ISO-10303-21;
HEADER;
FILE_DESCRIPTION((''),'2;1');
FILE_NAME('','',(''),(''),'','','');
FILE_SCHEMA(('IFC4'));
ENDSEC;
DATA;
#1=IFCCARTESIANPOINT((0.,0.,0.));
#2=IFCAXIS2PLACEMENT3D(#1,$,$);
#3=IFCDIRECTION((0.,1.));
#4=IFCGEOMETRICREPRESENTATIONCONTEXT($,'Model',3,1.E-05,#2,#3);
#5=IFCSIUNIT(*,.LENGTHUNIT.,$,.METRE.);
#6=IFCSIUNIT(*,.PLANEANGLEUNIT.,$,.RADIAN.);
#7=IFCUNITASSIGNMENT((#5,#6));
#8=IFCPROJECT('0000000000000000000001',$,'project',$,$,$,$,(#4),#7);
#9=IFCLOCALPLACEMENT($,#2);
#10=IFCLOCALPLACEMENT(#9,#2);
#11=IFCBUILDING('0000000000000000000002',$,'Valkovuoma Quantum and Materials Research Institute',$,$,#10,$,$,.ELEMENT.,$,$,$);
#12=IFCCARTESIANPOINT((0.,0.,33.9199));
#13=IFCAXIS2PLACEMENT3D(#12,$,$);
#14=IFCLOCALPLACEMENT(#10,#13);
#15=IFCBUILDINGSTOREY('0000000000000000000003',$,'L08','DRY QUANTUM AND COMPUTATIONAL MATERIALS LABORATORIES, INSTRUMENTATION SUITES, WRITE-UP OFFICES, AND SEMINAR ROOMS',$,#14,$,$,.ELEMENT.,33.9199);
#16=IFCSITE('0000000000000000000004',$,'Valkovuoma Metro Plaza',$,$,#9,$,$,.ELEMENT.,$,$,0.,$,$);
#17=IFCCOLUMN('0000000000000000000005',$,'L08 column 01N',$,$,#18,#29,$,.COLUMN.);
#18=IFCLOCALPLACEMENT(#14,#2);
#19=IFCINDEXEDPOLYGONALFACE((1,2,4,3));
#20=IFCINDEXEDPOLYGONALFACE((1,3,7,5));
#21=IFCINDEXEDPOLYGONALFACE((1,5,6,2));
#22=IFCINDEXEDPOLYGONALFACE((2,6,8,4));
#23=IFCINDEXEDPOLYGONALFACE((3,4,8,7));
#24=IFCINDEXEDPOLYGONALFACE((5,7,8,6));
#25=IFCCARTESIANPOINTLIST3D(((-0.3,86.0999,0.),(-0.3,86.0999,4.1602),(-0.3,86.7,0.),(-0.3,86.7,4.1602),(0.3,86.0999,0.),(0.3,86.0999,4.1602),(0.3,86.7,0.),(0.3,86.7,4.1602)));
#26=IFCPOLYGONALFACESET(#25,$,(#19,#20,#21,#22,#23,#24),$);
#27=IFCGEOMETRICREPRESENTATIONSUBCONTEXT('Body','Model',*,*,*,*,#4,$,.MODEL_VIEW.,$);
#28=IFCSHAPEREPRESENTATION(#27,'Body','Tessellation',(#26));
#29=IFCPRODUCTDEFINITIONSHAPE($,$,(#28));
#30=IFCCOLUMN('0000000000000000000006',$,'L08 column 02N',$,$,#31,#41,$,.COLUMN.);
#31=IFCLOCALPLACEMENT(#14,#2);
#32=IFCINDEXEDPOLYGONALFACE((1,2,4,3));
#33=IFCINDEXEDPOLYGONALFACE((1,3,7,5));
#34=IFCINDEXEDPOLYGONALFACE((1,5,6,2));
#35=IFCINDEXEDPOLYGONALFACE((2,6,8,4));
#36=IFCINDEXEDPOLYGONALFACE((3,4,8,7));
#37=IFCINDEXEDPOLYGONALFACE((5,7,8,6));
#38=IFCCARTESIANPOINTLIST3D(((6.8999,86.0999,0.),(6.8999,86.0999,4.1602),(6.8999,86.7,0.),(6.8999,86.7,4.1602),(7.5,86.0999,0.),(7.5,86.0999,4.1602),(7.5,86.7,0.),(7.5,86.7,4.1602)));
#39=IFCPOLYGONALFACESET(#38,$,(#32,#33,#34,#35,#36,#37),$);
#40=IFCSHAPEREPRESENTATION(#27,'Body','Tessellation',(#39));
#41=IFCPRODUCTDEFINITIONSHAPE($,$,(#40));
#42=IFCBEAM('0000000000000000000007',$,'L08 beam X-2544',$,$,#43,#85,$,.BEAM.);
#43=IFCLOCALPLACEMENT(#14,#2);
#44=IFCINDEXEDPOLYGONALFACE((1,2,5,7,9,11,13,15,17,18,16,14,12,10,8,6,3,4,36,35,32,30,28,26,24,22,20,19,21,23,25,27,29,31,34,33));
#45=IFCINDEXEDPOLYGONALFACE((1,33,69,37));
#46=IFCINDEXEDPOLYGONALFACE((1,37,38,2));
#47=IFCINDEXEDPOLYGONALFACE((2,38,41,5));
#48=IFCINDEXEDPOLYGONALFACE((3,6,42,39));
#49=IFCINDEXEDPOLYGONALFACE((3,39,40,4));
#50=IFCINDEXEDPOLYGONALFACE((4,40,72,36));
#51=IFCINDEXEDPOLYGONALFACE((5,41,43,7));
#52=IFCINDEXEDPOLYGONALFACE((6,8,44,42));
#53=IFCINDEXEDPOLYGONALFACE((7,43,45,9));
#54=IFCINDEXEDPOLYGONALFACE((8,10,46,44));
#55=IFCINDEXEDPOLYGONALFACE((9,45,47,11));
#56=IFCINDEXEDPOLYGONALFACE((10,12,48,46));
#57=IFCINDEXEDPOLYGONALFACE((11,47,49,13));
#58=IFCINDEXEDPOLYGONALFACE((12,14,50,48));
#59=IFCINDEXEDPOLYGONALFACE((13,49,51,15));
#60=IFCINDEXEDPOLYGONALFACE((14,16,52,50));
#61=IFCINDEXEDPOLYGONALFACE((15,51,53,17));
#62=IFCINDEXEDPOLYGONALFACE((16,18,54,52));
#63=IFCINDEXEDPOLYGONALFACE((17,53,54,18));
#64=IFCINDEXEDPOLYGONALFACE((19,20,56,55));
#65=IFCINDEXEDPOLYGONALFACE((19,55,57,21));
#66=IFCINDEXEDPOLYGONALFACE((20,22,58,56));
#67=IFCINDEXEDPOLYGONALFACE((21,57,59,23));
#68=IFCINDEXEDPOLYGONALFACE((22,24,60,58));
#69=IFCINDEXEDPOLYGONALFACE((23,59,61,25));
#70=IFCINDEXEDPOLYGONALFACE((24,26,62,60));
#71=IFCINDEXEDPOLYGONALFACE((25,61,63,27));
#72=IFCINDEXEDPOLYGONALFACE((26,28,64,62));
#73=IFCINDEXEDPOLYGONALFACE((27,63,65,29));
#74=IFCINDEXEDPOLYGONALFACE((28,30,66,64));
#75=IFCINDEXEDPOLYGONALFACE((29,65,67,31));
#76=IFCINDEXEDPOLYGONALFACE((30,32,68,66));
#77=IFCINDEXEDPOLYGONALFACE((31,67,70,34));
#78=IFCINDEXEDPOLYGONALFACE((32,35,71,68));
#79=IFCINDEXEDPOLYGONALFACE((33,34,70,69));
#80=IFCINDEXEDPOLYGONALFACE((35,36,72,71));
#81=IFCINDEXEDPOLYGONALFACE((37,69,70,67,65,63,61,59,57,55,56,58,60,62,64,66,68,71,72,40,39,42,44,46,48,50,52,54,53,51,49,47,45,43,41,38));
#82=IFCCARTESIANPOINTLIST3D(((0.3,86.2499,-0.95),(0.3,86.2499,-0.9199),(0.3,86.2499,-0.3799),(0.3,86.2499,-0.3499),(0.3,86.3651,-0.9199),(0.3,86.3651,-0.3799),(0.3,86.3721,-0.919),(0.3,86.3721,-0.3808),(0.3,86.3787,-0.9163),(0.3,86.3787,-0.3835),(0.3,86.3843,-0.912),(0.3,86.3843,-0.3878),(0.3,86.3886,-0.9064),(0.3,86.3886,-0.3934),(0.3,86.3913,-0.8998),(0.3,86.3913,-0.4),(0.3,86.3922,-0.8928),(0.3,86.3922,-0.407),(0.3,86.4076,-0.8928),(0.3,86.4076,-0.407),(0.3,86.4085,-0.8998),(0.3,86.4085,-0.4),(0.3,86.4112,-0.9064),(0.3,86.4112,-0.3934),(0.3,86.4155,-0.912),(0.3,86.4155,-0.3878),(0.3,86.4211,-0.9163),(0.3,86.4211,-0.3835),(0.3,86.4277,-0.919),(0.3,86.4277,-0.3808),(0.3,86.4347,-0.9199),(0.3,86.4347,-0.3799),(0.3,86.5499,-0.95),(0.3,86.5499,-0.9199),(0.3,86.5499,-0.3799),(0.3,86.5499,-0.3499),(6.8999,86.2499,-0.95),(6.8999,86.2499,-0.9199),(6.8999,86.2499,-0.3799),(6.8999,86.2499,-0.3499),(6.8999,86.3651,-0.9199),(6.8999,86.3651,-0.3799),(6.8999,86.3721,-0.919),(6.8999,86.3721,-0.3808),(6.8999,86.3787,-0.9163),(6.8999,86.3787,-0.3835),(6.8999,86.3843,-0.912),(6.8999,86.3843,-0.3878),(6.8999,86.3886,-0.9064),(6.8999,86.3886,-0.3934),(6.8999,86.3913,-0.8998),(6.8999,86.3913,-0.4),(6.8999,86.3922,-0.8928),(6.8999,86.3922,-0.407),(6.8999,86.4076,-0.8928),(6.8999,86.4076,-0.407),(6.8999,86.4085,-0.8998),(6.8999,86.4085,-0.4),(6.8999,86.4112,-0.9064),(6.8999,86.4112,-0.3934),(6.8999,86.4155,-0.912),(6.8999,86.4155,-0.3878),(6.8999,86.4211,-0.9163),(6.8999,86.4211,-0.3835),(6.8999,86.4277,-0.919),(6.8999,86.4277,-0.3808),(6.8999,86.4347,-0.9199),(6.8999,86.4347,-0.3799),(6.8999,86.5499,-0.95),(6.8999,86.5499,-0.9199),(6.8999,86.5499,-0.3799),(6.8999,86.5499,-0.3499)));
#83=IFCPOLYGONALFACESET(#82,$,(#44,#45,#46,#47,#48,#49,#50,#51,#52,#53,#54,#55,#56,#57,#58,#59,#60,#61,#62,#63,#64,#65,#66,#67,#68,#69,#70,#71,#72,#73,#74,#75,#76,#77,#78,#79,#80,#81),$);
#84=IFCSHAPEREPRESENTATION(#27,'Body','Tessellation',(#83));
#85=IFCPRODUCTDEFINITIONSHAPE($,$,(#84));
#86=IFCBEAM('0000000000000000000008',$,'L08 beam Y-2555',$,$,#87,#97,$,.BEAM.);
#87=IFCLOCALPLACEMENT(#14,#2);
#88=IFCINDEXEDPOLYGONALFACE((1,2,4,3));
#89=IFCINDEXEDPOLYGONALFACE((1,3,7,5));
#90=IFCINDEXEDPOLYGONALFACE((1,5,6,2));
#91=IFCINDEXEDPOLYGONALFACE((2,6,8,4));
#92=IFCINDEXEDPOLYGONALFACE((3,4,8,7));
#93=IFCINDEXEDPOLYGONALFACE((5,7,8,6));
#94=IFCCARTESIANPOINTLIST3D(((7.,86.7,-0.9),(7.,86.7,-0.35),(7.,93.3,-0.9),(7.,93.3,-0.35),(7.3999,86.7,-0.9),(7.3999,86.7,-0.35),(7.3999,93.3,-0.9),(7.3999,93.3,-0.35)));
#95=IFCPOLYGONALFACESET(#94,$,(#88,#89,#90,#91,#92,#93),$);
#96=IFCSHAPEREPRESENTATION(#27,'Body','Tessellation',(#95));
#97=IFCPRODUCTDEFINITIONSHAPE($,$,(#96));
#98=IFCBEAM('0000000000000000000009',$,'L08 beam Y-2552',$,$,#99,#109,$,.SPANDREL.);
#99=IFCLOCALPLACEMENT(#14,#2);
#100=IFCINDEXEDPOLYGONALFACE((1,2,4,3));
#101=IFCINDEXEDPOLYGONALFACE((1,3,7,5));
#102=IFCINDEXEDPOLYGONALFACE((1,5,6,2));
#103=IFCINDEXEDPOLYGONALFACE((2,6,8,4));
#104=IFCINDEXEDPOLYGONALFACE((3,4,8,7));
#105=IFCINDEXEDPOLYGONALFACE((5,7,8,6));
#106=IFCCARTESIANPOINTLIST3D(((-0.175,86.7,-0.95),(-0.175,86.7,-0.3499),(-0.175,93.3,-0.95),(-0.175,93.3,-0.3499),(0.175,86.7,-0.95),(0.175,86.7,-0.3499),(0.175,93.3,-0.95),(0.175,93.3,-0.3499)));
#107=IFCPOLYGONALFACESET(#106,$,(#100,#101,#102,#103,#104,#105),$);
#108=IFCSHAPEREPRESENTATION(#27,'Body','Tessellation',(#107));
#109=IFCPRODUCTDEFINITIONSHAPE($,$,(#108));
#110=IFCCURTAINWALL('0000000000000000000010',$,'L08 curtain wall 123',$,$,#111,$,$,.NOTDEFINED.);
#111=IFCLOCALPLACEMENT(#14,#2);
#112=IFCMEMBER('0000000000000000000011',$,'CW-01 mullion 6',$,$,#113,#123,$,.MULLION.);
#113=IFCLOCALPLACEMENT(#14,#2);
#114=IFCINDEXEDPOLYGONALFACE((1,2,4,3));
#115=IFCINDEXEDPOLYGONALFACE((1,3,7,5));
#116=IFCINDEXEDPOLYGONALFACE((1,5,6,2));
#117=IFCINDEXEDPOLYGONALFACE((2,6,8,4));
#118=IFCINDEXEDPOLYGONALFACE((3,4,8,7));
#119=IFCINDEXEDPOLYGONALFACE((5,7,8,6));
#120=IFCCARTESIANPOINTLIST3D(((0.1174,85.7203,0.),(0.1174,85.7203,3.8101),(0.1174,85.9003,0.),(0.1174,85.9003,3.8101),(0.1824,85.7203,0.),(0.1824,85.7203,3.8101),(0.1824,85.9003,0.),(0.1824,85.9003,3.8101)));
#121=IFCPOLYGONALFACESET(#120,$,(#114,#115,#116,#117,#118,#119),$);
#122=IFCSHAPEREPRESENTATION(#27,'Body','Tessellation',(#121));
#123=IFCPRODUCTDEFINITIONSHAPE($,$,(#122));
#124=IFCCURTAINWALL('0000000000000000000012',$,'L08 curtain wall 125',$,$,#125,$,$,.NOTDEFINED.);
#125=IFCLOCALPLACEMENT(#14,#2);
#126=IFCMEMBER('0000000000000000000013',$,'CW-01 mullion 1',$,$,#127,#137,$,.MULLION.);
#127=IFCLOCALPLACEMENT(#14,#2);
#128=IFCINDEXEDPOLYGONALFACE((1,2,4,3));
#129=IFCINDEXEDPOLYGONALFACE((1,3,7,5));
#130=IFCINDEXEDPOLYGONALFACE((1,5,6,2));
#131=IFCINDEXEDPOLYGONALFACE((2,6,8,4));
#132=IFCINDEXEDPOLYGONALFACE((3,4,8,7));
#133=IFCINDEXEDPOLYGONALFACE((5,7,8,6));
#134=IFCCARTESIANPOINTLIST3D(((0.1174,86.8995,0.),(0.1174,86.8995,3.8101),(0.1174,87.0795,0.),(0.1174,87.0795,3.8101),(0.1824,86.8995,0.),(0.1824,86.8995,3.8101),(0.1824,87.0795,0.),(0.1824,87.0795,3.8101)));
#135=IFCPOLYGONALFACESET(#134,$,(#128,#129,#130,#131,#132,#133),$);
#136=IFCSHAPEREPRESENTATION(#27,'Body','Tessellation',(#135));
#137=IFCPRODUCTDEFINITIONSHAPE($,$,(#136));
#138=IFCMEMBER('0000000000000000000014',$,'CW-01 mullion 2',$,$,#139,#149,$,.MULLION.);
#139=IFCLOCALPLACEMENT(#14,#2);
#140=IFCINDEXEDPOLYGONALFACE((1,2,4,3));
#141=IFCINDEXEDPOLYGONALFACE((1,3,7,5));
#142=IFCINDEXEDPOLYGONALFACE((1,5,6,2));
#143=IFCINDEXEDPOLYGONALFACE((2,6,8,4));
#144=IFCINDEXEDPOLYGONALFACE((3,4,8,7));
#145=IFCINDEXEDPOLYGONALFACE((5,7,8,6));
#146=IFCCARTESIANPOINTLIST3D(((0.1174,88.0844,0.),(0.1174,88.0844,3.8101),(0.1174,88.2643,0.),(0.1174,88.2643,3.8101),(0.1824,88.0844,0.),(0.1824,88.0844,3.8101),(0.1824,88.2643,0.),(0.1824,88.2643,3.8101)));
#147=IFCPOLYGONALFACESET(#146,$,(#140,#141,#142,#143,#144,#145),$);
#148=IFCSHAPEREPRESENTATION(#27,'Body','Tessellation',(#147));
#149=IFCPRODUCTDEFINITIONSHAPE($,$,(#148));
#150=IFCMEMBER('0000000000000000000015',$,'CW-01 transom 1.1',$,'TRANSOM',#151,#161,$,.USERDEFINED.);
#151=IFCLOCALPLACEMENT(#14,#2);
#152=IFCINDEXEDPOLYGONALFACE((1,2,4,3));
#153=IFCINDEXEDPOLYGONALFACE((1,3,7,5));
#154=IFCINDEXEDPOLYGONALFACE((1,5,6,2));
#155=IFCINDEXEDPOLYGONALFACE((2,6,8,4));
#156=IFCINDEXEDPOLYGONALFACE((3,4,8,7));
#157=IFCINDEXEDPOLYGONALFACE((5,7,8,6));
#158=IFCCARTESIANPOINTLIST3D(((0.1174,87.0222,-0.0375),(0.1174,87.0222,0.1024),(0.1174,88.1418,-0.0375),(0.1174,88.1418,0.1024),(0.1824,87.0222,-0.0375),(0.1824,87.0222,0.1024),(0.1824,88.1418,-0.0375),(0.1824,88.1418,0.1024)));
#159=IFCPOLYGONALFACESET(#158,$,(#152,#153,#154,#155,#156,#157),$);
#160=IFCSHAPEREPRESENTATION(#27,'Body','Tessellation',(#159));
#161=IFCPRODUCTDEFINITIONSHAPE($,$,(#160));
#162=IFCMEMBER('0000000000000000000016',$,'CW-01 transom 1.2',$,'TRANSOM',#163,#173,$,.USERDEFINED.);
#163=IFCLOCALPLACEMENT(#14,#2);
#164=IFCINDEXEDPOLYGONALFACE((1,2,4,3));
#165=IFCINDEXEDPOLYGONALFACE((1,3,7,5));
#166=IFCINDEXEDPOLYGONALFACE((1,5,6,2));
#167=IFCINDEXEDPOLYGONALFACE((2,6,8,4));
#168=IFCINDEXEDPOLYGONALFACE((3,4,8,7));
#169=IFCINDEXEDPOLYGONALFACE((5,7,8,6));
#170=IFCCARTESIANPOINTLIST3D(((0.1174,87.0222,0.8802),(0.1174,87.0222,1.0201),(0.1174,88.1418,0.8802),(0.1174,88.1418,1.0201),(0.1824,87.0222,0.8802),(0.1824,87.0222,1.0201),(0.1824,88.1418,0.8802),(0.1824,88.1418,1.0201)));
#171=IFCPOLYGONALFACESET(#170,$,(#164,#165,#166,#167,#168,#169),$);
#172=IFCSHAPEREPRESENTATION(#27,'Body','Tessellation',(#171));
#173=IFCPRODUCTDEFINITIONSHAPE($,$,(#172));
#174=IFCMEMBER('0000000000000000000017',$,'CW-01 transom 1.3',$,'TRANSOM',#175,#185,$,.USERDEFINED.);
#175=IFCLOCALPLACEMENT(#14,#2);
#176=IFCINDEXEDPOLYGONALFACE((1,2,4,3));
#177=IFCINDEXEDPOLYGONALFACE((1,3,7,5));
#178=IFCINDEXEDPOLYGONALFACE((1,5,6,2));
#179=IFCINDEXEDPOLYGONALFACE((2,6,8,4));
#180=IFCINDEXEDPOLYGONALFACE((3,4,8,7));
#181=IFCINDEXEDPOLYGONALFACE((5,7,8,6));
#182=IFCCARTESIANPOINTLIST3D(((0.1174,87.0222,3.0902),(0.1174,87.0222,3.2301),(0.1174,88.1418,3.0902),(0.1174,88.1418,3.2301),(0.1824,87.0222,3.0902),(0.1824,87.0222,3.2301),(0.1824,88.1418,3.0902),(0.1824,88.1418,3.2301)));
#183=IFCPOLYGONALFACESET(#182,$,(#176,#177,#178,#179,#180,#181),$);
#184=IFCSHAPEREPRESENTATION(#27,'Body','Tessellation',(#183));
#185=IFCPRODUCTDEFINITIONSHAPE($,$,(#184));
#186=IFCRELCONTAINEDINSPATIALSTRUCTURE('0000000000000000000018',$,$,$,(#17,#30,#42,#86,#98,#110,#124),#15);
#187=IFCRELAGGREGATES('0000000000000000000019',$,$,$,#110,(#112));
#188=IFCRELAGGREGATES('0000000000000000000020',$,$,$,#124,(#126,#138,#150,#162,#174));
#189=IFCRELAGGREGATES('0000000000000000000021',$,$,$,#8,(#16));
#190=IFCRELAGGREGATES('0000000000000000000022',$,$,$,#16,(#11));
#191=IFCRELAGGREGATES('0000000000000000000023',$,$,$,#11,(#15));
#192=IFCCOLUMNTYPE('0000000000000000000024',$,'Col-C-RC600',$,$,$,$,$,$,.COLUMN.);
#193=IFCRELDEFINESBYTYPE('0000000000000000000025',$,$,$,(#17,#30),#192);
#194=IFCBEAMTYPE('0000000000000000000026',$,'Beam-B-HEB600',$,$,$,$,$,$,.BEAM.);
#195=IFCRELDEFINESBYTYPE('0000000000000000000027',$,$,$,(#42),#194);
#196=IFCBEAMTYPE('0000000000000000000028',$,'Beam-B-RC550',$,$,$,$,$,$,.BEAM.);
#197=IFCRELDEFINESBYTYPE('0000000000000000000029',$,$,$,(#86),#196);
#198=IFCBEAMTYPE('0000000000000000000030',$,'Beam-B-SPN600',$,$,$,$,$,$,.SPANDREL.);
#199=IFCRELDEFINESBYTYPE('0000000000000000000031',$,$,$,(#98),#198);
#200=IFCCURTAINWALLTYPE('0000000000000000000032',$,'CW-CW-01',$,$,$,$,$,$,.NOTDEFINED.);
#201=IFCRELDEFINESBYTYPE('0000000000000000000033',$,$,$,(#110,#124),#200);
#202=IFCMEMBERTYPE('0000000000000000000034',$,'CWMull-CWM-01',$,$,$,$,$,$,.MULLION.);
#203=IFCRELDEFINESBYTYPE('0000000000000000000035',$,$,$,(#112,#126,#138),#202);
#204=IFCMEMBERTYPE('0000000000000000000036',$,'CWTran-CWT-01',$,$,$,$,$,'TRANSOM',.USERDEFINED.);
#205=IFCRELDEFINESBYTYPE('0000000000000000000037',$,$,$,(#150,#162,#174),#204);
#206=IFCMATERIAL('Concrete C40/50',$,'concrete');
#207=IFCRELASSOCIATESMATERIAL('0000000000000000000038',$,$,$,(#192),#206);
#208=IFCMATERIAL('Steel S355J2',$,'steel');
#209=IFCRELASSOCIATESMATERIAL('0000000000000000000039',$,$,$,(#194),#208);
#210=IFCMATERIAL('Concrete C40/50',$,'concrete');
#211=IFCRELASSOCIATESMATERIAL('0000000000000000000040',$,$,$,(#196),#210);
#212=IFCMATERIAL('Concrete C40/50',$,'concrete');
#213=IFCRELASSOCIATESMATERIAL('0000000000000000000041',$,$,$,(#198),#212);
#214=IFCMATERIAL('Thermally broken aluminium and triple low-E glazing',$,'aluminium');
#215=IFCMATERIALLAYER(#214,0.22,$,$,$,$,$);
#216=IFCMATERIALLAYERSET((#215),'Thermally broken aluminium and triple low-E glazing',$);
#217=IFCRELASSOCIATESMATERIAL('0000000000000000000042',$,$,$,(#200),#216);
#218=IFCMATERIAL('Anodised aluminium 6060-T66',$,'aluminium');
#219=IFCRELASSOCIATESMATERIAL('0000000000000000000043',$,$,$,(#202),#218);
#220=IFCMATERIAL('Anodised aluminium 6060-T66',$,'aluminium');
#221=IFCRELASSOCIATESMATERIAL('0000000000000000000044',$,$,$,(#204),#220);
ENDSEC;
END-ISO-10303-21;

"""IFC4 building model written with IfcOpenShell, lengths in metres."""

from ifc_helpers import new_model, si_unit, direction, frame, origin, origin_2d, place, context, subcontext, project, spatial, rectangle, i_section, extrude, material, layer, layer_set, material_profile, profile_set, type_object, element, aggregate, save


model = new_model("IFC4")

# Units and contexts
model_context = context("Model", 3, precision=1e-05, world=origin(), true_north=direction((0.0, 1.0)))
body_context = subcontext(model_context, "Body", "Model", "MODEL_VIEW")
ifc_project = project(units=[si_unit("LENGTHUNIT", "METRE"), si_unit("PLANEANGLEUNIT", "RADIAN")], contexts=[model_context])

# Site, building, storey
site_placement = place(None, origin())
site = spatial("IfcSite", under=ifc_project, at=site_placement, Name="Valkovuoma Metro Plaza", CompositionType="ELEMENT", RefElevation=0.0)
building_placement = place(site_placement, origin())
building = spatial("IfcBuilding", under=site, at=building_placement, Name="Valkovuoma Quantum and Materials Research Institute", CompositionType="ELEMENT")
storey_placement = place(building_placement, frame((0.0, 0.0, 33.9199)))
storey = spatial("IfcBuildingStorey", under=building, at=storey_placement, Name="L08", Description="DRY QUANTUM AND COMPUTATIONAL MATERIALS LABORATORIES, INSTRUMENTATION SUITES, WRITE-UP OFFICES, AND SEMINAR ROOMS", CompositionType="ELEMENT", Elevation=33.9199)

# Columns
ifc_material_1 = material(Name="Concrete C40/50", Category="concrete")
ifc_material_profile_1 = material_profile(ifc_material_1, rectangle(XDim=0.6001, YDim=0.6001, at=origin_2d()), Name="Concrete C40/50")
ifc_profile_set_1 = profile_set([ifc_material_profile_1], Name="Concrete C40/50")
column_type = type_object("IfcColumnType", Name="Col-C-RC600", PredefinedType="COLUMN", material=ifc_profile_set_1)
for number, where, z_axis, x_axis, name in (
    (1, (0.0, 86.3999, 0.0), (0.0, 0.0, 1.0), (1.0, 0.0, 0.0), "L08 column 01N"),
    (2, (7.2, 86.3999, 0.0), (0.0, 0.0, 1.0), (1.0, 0.0, 0.0), "L08 column 02N"),
):
    element("IfcColumn", number, at=place(storey_placement, frame(where, z_axis=z_axis, x_axis=x_axis)), inside=storey, type_object=column_type, Name=name, PredefinedType="COLUMN", context=body_context, shape_type="SweptSolid", body=[
        extrude(rectangle(XDim=0.6001, YDim=0.6001, at=origin_2d()), origin(), (0.0, 0.0, 1.0), 4.1602),
    ])

# Beams
ifc_material_2 = material(Name="Steel S355J2", Category="steel")
ifc_material_profile_2 = material_profile(ifc_material_2, i_section(OverallWidth=0.3, OverallDepth=0.6001, WebThickness=0.0154, FlangeThickness=0.03, FilletRadius=0.0271, at=origin_2d()), Name="Steel S355J2")
ifc_profile_set_2 = profile_set([ifc_material_profile_2], Name="Steel S355J2")
beam_type_1 = type_object("IfcBeamType", Name="Beam-B-HEB600", PredefinedType="BEAM", material=ifc_profile_set_2)
beam_1_placement = place(storey_placement, frame((0.3, 86.3999, -0.6499), z_axis=(1.0, 0.0, 0.0), x_axis=(0.0, 1.0, 0.0)))
element("IfcBeam", 3, at=beam_1_placement, inside=storey, type_object=beam_type_1, Name="L08 beam X-2544", PredefinedType="BEAM", context=body_context, shape_type="SweptSolid", body=[
    extrude(i_section(OverallWidth=0.3, OverallDepth=0.6001, WebThickness=0.0154, FlangeThickness=0.03, FilletRadius=0.0271, at=origin_2d()), origin(), (0.0, 0.0, 1.0), 6.5999),
])
ifc_material_3 = material(Name="Concrete C40/50", Category="concrete")
ifc_material_profile_3 = material_profile(ifc_material_3, rectangle(XDim=0.3999, YDim=0.55, at=origin_2d()), Name="Concrete C40/50")
ifc_profile_set_3 = profile_set([ifc_material_profile_3], Name="Concrete C40/50")
beam_type_2 = type_object("IfcBeamType", Name="Beam-B-RC550", PredefinedType="BEAM", material=ifc_profile_set_3)
beam_2_placement = place(storey_placement, frame((7.2, 86.7, -0.625), z_axis=(0.0, 1.0, 0.0), x_axis=(-1.0, 0.0, 0.0)))
element("IfcBeam", 4, at=beam_2_placement, inside=storey, type_object=beam_type_2, Name="L08 beam Y-2555", PredefinedType="BEAM", context=body_context, shape_type="SweptSolid", body=[
    extrude(rectangle(XDim=0.3999, YDim=0.55, at=origin_2d()), origin(), (0.0, 0.0, 1.0), 6.6001),
])
ifc_material_4 = material(Name="Concrete C40/50", Category="concrete")
ifc_material_profile_4 = material_profile(ifc_material_4, rectangle(XDim=0.3501, YDim=0.6001, at=origin_2d()), Name="Concrete C40/50")
ifc_profile_set_4 = profile_set([ifc_material_profile_4], Name="Concrete C40/50")
beam_type_3 = type_object("IfcBeamType", Name="Beam-B-SPN600", PredefinedType="SPANDREL", material=ifc_profile_set_4)
beam_3_placement = place(storey_placement, frame((0.0, 86.7, -0.6499), z_axis=(0.0, 1.0, 0.0), x_axis=(-1.0, 0.0, 0.0)))
element("IfcBeam", 5, at=beam_3_placement, inside=storey, type_object=beam_type_3, Name="L08 beam Y-2552", PredefinedType="SPANDREL", context=body_context, shape_type="SweptSolid", body=[
    extrude(rectangle(XDim=0.3501, YDim=0.6001, at=origin_2d()), origin(), (0.0, 0.0, 1.0), 6.6001),
])

# Curtain wall, member
ifc_material_5 = material(Name="Thermally broken aluminium and triple low-E glazing", Category="aluminium")
ifc_layer_1 = layer(ifc_material_5, 0.22)
ifc_layer_set_1 = layer_set([ifc_layer_1], Name="Thermally broken aluminium and triple low-E glazing")
curtain_wall_type = type_object("IfcCurtainWallType", Name="CW-CW-01", PredefinedType="NOTDEFINED", material=ifc_layer_set_1)
curtain_wall_1_placement = place(storey_placement, origin())
curtain_wall_1 = element("IfcCurtainWall", 6, at=curtain_wall_1_placement, inside=storey, type_object=curtain_wall_type, Name="L08 curtain wall 123", PredefinedType="NOTDEFINED")
ifc_material_6 = material(Name="Anodised aluminium 6060-T66", Category="aluminium")
ifc_material_profile_5 = material_profile(ifc_material_6, rectangle(XDim=0.0649, YDim=0.1799, at=origin_2d()), Name="Anodised aluminium 6060-T66")
ifc_profile_set_5 = profile_set([ifc_material_profile_5], Name="Anodised aluminium 6060-T66")
member_type_1 = type_object("IfcMemberType", Name="CWMull-CWM-01", PredefinedType="MULLION", material=ifc_profile_set_5)
member_1_placement = place(storey_placement, frame((0.1499, 85.8103, 0.0), z_axis=(0.0, 0.0, 1.0), x_axis=(-1.0, 0.0, 0.0)))
member_1 = element("IfcMember", 7, at=member_1_placement, type_object=member_type_1, Name="CW-01 mullion 6", PredefinedType="MULLION", context=body_context, shape_type="SweptSolid", body=[
    extrude(rectangle(XDim=0.0649, YDim=0.1799, at=origin_2d()), origin(), (0.0, 0.0, 1.0), 3.8101),
])

# Curtain wall, members
curtain_wall_2_placement = place(storey_placement, origin())
curtain_wall_2 = element("IfcCurtainWall", 8, at=curtain_wall_2_placement, inside=storey, type_object=curtain_wall_type, Name="L08 curtain wall 125", PredefinedType="NOTDEFINED")
member_2_placement = place(storey_placement, frame((0.1499, 86.9895, 0.0), z_axis=(0.0, 0.0, 1.0), x_axis=(-1.0, 0.0, 0.0)))
member_2 = element("IfcMember", 9, at=member_2_placement, type_object=member_type_1, Name="CW-01 mullion 1", PredefinedType="MULLION", context=body_context, shape_type="SweptSolid", body=[
    extrude(rectangle(XDim=0.0649, YDim=0.1799, at=origin_2d()), origin(), (0.0, 0.0, 1.0), 3.8101),
])
member_3_placement = place(storey_placement, frame((0.1499, 88.1743, 0.0), z_axis=(0.0, 0.0, 1.0), x_axis=(-1.0, 0.0, 0.0)))
member_3 = element("IfcMember", 10, at=member_3_placement, type_object=member_type_1, Name="CW-01 mullion 2", PredefinedType="MULLION", context=body_context, shape_type="SweptSolid", body=[
    extrude(rectangle(XDim=0.0649, YDim=0.1799, at=origin_2d()), origin(), (0.0, 0.0, 1.0), 3.8101),
])
ifc_material_7 = material(Name="Anodised aluminium 6060-T66", Category="aluminium")
ifc_material_profile_6 = material_profile(ifc_material_7, rectangle(XDim=0.0649, YDim=0.1399, at=origin_2d()), Name="Anodised aluminium 6060-T66")
ifc_profile_set_6 = profile_set([ifc_material_profile_6], Name="Anodised aluminium 6060-T66")
member_type_2 = type_object("IfcMemberType", Name="CWTran-CWT-01", ElementType="TRANSOM", PredefinedType="USERDEFINED", material=ifc_profile_set_6)
member_4_placement = place(storey_placement, frame((0.1499, 87.0222, 0.0325), z_axis=(0.0, 1.0, 0.0), x_axis=(-1.0, 0.0, 0.0)))
member_4 = element("IfcMember", 11, at=member_4_placement, type_object=member_type_2, Name="CW-01 transom 1.1", ObjectType="TRANSOM", PredefinedType="USERDEFINED", context=body_context, shape_type="SweptSolid", body=[
    extrude(rectangle(XDim=0.0649, YDim=0.1399, at=origin_2d()), origin(), (0.0, 0.0, 1.0), 1.1196),
])
member_5_placement = place(storey_placement, frame((0.1499, 87.0222, 0.9502), z_axis=(0.0, 1.0, 0.0), x_axis=(-1.0, 0.0, 0.0)))
member_5 = element("IfcMember", 12, at=member_5_placement, type_object=member_type_2, Name="CW-01 transom 1.2", ObjectType="TRANSOM", PredefinedType="USERDEFINED", context=body_context, shape_type="SweptSolid", body=[
    extrude(rectangle(XDim=0.0649, YDim=0.1399, at=origin_2d()), origin(), (0.0, 0.0, 1.0), 1.1196),
])
member_6_placement = place(storey_placement, frame((0.1499, 87.0222, 3.1602), z_axis=(0.0, 1.0, 0.0), x_axis=(-1.0, 0.0, 0.0)))
member_6 = element("IfcMember", 13, at=member_6_placement, type_object=member_type_2, Name="CW-01 transom 1.3", ObjectType="TRANSOM", PredefinedType="USERDEFINED", context=body_context, shape_type="SweptSolid", body=[
    extrude(rectangle(XDim=0.0649, YDim=0.1399, at=origin_2d()), origin(), (0.0, 0.0, 1.0), 1.1196),
])

aggregate(curtain_wall_1, [member_1])
aggregate(curtain_wall_2, [member_2, member_3, member_4, member_5, member_6])

save(model, "model.ifc")
